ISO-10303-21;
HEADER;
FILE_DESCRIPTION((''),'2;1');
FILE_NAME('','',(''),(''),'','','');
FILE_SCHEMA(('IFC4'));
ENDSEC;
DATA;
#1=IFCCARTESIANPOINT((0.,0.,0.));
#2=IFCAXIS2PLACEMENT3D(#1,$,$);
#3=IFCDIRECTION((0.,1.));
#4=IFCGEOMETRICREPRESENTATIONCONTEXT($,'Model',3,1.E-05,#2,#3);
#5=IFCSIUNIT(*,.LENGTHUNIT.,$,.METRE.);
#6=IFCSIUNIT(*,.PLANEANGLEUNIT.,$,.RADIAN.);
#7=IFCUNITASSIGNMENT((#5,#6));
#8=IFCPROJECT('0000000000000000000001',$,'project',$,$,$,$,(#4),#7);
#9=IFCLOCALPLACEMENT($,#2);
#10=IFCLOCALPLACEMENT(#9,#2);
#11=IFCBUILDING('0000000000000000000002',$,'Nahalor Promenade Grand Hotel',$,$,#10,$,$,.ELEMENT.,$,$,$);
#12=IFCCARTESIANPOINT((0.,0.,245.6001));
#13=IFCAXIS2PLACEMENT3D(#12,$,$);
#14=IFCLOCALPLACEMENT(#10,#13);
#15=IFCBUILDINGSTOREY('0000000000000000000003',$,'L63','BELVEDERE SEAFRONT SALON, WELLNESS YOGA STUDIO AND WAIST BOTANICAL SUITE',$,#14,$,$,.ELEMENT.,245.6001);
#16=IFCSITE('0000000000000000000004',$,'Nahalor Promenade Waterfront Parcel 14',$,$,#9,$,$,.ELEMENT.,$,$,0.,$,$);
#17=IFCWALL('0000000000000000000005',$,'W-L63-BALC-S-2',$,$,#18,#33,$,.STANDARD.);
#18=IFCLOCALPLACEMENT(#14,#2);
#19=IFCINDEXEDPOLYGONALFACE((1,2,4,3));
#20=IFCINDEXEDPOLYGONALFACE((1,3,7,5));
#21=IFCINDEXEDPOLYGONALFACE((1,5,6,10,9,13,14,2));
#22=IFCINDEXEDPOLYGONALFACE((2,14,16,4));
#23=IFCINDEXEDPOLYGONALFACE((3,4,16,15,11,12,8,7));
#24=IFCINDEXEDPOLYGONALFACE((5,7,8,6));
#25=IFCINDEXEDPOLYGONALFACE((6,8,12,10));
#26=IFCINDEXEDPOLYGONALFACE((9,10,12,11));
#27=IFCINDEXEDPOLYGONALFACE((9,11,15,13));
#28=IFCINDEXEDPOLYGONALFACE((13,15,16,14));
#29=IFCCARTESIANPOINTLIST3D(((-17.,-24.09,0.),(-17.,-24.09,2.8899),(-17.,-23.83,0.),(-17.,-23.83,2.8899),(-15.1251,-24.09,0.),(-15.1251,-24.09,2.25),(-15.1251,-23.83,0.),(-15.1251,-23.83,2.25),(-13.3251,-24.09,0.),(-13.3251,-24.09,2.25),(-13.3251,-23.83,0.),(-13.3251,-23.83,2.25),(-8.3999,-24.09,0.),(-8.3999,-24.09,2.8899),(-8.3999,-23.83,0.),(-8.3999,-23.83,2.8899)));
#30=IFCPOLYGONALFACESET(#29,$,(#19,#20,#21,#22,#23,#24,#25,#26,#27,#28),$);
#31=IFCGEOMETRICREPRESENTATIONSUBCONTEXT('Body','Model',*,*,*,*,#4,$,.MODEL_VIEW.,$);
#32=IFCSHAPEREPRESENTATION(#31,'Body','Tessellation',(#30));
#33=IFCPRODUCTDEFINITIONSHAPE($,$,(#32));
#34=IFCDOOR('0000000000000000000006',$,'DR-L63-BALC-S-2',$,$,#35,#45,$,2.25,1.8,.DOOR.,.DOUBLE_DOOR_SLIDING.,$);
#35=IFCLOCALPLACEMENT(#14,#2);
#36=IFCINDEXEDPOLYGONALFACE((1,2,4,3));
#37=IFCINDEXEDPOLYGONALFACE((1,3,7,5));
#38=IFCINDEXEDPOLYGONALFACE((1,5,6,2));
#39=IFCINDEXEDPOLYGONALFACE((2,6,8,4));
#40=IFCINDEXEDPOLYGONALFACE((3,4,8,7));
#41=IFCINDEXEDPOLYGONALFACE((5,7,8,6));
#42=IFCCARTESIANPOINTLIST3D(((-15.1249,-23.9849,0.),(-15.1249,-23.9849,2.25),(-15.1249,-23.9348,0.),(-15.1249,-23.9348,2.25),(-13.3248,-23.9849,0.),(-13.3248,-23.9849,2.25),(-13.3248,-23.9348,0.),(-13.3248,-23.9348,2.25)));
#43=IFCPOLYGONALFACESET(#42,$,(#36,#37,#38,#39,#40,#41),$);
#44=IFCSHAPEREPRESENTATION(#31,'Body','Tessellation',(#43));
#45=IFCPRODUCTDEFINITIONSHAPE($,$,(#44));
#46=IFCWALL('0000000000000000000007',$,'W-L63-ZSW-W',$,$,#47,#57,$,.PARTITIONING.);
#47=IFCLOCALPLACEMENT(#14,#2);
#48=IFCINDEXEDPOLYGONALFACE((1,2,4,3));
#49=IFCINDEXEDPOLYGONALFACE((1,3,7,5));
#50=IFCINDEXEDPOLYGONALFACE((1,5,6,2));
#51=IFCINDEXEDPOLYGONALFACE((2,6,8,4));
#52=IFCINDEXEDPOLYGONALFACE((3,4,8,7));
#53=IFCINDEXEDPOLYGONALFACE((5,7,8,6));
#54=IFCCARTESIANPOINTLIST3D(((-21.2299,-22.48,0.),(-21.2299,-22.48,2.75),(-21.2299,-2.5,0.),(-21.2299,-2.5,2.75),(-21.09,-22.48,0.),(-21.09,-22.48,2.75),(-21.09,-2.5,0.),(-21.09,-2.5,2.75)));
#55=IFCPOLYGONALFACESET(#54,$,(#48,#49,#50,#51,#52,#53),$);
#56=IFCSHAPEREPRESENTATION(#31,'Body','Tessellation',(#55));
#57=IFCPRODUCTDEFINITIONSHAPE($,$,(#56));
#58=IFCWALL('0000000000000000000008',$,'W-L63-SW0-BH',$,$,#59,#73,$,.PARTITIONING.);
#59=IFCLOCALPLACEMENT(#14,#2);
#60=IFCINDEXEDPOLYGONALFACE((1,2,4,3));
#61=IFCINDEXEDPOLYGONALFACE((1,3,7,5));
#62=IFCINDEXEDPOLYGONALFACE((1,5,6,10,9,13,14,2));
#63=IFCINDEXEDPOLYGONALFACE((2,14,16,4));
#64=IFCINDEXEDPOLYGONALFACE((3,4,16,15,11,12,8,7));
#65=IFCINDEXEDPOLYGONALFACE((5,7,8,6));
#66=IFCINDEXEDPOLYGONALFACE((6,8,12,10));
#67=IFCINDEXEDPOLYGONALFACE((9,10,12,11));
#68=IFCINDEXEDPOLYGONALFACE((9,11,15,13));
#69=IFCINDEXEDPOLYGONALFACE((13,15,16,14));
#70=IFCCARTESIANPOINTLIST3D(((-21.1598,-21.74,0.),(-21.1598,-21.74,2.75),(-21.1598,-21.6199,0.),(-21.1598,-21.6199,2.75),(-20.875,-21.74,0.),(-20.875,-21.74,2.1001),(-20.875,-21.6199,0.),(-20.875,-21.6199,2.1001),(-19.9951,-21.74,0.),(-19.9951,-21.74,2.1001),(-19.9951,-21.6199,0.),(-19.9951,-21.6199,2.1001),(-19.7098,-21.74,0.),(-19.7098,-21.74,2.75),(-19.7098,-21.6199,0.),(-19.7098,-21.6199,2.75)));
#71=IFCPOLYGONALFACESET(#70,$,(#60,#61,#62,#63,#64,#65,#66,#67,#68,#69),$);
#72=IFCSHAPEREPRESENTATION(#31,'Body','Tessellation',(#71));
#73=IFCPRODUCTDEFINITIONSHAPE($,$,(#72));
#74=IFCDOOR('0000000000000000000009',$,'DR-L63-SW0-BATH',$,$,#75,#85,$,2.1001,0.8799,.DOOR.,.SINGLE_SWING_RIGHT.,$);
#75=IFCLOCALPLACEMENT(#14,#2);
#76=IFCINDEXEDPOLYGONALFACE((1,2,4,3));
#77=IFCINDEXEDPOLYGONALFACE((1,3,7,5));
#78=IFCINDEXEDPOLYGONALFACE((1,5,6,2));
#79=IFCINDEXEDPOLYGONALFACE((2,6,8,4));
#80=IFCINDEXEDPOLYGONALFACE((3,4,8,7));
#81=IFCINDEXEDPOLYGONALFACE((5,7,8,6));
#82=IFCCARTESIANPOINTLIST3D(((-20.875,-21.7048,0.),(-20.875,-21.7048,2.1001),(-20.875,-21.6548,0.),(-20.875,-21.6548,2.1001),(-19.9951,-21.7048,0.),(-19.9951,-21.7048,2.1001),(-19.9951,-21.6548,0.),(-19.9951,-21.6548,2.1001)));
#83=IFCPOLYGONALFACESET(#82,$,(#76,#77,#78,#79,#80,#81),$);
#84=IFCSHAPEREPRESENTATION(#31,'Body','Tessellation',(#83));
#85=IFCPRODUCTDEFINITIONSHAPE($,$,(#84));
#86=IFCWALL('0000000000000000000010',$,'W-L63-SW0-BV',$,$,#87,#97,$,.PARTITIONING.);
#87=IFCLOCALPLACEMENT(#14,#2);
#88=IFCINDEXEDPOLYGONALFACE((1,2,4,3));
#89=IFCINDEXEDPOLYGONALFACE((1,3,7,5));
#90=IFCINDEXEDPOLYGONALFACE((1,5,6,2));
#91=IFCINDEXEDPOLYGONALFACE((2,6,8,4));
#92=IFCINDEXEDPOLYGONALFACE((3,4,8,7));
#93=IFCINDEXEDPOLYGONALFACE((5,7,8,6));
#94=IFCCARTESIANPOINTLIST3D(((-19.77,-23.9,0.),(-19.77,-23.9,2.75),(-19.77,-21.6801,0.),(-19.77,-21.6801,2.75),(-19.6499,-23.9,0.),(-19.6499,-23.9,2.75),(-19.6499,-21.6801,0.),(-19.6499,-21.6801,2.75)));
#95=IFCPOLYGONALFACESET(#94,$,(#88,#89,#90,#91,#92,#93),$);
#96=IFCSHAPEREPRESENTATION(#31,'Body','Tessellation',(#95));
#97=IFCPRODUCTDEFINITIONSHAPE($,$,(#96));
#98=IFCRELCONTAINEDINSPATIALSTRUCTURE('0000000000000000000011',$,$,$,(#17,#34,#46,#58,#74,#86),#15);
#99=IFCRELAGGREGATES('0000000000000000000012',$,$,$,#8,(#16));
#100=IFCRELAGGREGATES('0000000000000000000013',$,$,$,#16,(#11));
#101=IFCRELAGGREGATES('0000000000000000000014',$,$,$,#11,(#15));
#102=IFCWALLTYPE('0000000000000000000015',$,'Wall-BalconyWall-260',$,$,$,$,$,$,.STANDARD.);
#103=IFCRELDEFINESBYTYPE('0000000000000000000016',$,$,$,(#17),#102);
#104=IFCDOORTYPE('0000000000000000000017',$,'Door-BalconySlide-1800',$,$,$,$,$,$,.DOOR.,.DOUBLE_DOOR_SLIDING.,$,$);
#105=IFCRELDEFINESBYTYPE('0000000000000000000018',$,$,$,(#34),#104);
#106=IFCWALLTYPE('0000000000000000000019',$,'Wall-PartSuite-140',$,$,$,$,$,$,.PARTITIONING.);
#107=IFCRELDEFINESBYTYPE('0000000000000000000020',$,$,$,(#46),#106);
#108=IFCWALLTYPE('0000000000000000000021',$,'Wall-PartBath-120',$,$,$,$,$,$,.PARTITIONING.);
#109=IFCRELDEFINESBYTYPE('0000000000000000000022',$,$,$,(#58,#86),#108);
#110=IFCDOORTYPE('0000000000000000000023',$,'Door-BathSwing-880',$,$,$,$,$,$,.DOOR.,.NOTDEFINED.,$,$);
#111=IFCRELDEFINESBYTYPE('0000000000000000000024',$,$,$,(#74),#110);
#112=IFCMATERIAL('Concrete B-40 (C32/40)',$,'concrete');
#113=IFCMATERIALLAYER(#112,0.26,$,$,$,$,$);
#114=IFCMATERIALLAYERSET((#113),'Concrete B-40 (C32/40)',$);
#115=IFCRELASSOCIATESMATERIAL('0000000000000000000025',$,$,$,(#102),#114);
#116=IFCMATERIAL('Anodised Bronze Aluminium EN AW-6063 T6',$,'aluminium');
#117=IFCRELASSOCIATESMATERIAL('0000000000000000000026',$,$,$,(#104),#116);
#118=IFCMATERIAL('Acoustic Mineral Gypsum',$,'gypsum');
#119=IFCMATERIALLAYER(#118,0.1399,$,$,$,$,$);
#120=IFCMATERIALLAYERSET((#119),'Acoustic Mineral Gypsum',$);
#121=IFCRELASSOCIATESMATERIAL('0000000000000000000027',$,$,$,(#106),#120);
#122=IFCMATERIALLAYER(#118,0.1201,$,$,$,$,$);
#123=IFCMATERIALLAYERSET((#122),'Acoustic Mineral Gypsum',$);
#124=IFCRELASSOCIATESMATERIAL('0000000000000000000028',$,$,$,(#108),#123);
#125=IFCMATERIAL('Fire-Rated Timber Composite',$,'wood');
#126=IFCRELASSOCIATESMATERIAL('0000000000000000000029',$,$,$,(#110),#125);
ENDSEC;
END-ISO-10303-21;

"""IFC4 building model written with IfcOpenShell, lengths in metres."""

from ifc_helpers import new_model, si_unit, direction, frame, frame_2d, origin, place, context, subcontext, project, spatial, rectangle, extrude, source, transform, mapped, material, layer, layer_set, type_object, element, fill, save


model = new_model("IFC4")

# Units and contexts
model_context = context("Model", 3, precision=1e-05, world=origin(), true_north=direction((0.0, 1.0)))
body_context = subcontext(model_context, "Body", "Model", "MODEL_VIEW")
ifc_project = project(units=[si_unit("LENGTHUNIT", "METRE"), si_unit("PLANEANGLEUNIT", "RADIAN")], contexts=[model_context])

# Site, building, storey
site_placement = place(None, origin())
site = spatial("IfcSite", under=ifc_project, at=site_placement, Name="Nahalor Promenade Waterfront Parcel 14", CompositionType="ELEMENT", RefElevation=0.0)
building_placement = place(site_placement, origin())
building = spatial("IfcBuilding", under=site, at=building_placement, Name="Nahalor Promenade Grand Hotel", CompositionType="ELEMENT")
storey_placement = place(building_placement, frame((0.0, 0.0, 245.6001)))
storey = spatial("IfcBuildingStorey", under=building, at=storey_placement, Name="L63", Description="BELVEDERE SEAFRONT SALON, WELLNESS YOGA STUDIO AND WAIST BOTANICAL SUITE", CompositionType="ELEMENT", Elevation=245.6001)

# Shared definitions
ifc_material_1 = material(Name="Anodised Bronze Aluminium EN AW-6063 T6", Category="aluminium")

# Shared definitions
ifc_material_2 = material(Name="Concrete B-40 (C32/40)", Category="concrete")

# Wall, opening, door
ifc_layer_1 = layer(ifc_material_2, 0.26)
ifc_layer_set_1 = layer_set([ifc_layer_1], Name="Concrete B-40 (C32/40)")
wall_type_1 = type_object("IfcWallType", Name="Wall-BalconyWall-260", PredefinedType="STANDARD", material=ifc_layer_set_1)
shared_shape_1 = source(origin(), body_context, "Body", "SweptSolid", [
    extrude(rectangle(XDim=8.6001, YDim=0.26, at=frame_2d((4.3, 0.0))), origin(), (0.0, 0.0, 1.0), 2.8899),
])
wall_1_placement = place(storey_placement, frame((-17.0, -23.96, 0.0), z_axis=(0.0, 0.0, 1.0), x_axis=(1.0, 0.0, 0.0)))
wall_1 = element("IfcWall", 1, at=wall_1_placement, inside=storey, type_object=wall_type_1, Name="W-L63-BALC-S-2", PredefinedType="STANDARD", context=body_context, shape_type="MappedRepresentation", body=[
    mapped(shared_shape_1, transform((0.0, 0.0, 0.0), scale=1.0)),
])
opening_1_placement = place(wall_1_placement, frame((1.875, 0.0, 0.0)))
opening_1 = element("IfcOpeningElement", 2, at=opening_1_placement, cuts=wall_1, PredefinedType="OPENING", context=body_context, shape_type="SweptSolid", body=[
    extrude(rectangle(XDim=1.8, YDim=2.25, at=frame_2d((0.8999, 1.125))), frame((0.0, 0.1399, 0.0), z_axis=(0.0, -1.0, 0.0), x_axis=(1.0, 0.0, 0.0)), (0.0, 0.0, 1.0), 0.28),
])
door_type_1 = type_object("IfcDoorType", Name="Door-BalconySlide-1800", OperationType="DOUBLE_DOOR_SLIDING", PredefinedType="DOOR", material=ifc_material_1)
shared_shape_2 = source(origin(), body_context, "Body", "SweptSolid", [
    extrude(rectangle(XDim=1.8, YDim=2.25, at=frame_2d((0.8999, 1.125))), frame((0.0, 0.0249, 0.0), z_axis=(0.0, -1.0, 0.0), x_axis=(1.0, 0.0, 0.0)), (0.0, 0.0, 1.0), 0.05),
])
door_1_placement = place(opening_1_placement, frame((1.8, 0.0, 0.0), z_axis=(0.0, 0.0, 1.0), x_axis=(-1.0, 0.0, 0.0)))
door_1 = element("IfcDoor", 3, at=door_1_placement, inside=storey, type_object=door_type_1, Name="DR-L63-BALC-S-2", OperationType="DOUBLE_DOOR_SLIDING", OverallHeight=2.25, OverallWidth=1.8, PredefinedType="DOOR", context=body_context, shape_type="MappedRepresentation", body=[
    mapped(shared_shape_2, transform((0.0, 0.0, 0.0), scale=1.0)),
])
fill(opening_1, door_1)

# Wall
ifc_material_3 = material(Name="Acoustic Mineral Gypsum", Category="gypsum")
ifc_layer_2 = layer(ifc_material_3, 0.1399)
ifc_layer_set_2 = layer_set([ifc_layer_2], Name="Acoustic Mineral Gypsum")
wall_type_2 = type_object("IfcWallType", Name="Wall-PartSuite-140", PredefinedType="PARTITIONING", material=ifc_layer_set_2)
shared_shape_3 = source(origin(), body_context, "Body", "SweptSolid", [
    extrude(rectangle(XDim=19.98, YDim=0.1399, at=frame_2d((9.99, 0.0))), origin(), (0.0, 0.0, 1.0), 2.75),
])
wall_2_placement = place(storey_placement, frame((-21.1599, -22.48, 0.0), z_axis=(0.0, 0.0, 1.0), x_axis=(0.0, 1.0, 0.0)))
element("IfcWall", 4, at=wall_2_placement, inside=storey, type_object=wall_type_2, Name="W-L63-ZSW-W", PredefinedType="PARTITIONING", context=body_context, shape_type="MappedRepresentation", body=[
    mapped(shared_shape_3, transform((0.0, 0.0, 0.0), scale=1.0)),
])

# Wall, opening, door
ifc_layer_3 = layer(ifc_material_3, 0.1201)
ifc_layer_set_3 = layer_set([ifc_layer_3], Name="Acoustic Mineral Gypsum")
wall_type_3 = type_object("IfcWallType", Name="Wall-PartBath-120", PredefinedType="PARTITIONING", material=ifc_layer_set_3)
shared_shape_4 = source(origin(), body_context, "Body", "SweptSolid", [
    extrude(rectangle(XDim=1.45, YDim=0.1201, at=frame_2d((0.7251, 0.0))), origin(), (0.0, 0.0, 1.0), 2.75),
])
wall_3_placement = place(storey_placement, frame((-21.1599, -21.6799, 0.0), z_axis=(0.0, 0.0, 1.0), x_axis=(1.0, 0.0, 0.0)))
wall_3 = element("IfcWall", 5, at=wall_3_placement, inside=storey, type_object=wall_type_3, Name="W-L63-SW0-BH", PredefinedType="PARTITIONING", context=body_context, shape_type="MappedRepresentation", body=[
    mapped(shared_shape_4, transform((0.0, 0.0, 0.0), scale=1.0)),
])
opening_2_placement = place(wall_3_placement, frame((0.2849, 0.0, 0.0)))
opening_2 = element("IfcOpeningElement", 6, at=opening_2_placement, cuts=wall_3, PredefinedType="OPENING", context=body_context, shape_type="SweptSolid", body=[
    extrude(rectangle(XDim=0.8799, YDim=2.1001, at=frame_2d((0.4399, 1.05))), frame((0.0, 0.0701, 0.0), z_axis=(0.0, -1.0, 0.0), x_axis=(1.0, 0.0, 0.0)), (0.0, 0.0, 1.0), 0.1401),
])
ifc_material_4 = material(Name="Fire-Rated Timber Composite", Category="wood")
door_type_2 = type_object("IfcDoorType", Name="Door-BathSwing-880", OperationType="NOTDEFINED", PredefinedType="DOOR", material=ifc_material_4)
shared_shape_5 = source(origin(), body_context, "Body", "SweptSolid", [
    extrude(rectangle(XDim=0.8799, YDim=2.1001, at=frame_2d((0.4399, 1.05))), frame((0.0, 0.0249, 0.0), z_axis=(0.0, -1.0, 0.0), x_axis=(1.0, 0.0, 0.0)), (0.0, 0.0, 1.0), 0.05),
])
door_2_placement = place(opening_2_placement, frame((0.8799, 0.0, 0.0), z_axis=(0.0, 0.0, 1.0), x_axis=(-1.0, 0.0, 0.0)))
door_2 = element("IfcDoor", 7, at=door_2_placement, inside=storey, type_object=door_type_2, Name="DR-L63-SW0-BATH", OperationType="SINGLE_SWING_RIGHT", OverallHeight=2.1001, OverallWidth=0.8799, PredefinedType="DOOR", context=body_context, shape_type="MappedRepresentation", body=[
    mapped(shared_shape_5, transform((0.0, 0.0, 0.0), scale=1.0)),
])
fill(opening_2, door_2)

# Wall
shared_shape_6 = source(origin(), body_context, "Body", "SweptSolid", [
    extrude(rectangle(XDim=2.22, YDim=0.1201, at=frame_2d((1.1099, 0.0))), origin(), (0.0, 0.0, 1.0), 2.75),
])
wall_4_placement = place(storey_placement, frame((-19.71, -23.8999, 0.0), z_axis=(0.0, 0.0, 1.0), x_axis=(0.0, 1.0, 0.0)))
element("IfcWall", 8, at=wall_4_placement, inside=storey, type_object=wall_type_3, Name="W-L63-SW0-BV", PredefinedType="PARTITIONING", context=body_context, shape_type="MappedRepresentation", body=[
    mapped(shared_shape_6, transform((0.0, 0.0, 0.0), scale=1.0)),
])

save(model, "model.ifc")
